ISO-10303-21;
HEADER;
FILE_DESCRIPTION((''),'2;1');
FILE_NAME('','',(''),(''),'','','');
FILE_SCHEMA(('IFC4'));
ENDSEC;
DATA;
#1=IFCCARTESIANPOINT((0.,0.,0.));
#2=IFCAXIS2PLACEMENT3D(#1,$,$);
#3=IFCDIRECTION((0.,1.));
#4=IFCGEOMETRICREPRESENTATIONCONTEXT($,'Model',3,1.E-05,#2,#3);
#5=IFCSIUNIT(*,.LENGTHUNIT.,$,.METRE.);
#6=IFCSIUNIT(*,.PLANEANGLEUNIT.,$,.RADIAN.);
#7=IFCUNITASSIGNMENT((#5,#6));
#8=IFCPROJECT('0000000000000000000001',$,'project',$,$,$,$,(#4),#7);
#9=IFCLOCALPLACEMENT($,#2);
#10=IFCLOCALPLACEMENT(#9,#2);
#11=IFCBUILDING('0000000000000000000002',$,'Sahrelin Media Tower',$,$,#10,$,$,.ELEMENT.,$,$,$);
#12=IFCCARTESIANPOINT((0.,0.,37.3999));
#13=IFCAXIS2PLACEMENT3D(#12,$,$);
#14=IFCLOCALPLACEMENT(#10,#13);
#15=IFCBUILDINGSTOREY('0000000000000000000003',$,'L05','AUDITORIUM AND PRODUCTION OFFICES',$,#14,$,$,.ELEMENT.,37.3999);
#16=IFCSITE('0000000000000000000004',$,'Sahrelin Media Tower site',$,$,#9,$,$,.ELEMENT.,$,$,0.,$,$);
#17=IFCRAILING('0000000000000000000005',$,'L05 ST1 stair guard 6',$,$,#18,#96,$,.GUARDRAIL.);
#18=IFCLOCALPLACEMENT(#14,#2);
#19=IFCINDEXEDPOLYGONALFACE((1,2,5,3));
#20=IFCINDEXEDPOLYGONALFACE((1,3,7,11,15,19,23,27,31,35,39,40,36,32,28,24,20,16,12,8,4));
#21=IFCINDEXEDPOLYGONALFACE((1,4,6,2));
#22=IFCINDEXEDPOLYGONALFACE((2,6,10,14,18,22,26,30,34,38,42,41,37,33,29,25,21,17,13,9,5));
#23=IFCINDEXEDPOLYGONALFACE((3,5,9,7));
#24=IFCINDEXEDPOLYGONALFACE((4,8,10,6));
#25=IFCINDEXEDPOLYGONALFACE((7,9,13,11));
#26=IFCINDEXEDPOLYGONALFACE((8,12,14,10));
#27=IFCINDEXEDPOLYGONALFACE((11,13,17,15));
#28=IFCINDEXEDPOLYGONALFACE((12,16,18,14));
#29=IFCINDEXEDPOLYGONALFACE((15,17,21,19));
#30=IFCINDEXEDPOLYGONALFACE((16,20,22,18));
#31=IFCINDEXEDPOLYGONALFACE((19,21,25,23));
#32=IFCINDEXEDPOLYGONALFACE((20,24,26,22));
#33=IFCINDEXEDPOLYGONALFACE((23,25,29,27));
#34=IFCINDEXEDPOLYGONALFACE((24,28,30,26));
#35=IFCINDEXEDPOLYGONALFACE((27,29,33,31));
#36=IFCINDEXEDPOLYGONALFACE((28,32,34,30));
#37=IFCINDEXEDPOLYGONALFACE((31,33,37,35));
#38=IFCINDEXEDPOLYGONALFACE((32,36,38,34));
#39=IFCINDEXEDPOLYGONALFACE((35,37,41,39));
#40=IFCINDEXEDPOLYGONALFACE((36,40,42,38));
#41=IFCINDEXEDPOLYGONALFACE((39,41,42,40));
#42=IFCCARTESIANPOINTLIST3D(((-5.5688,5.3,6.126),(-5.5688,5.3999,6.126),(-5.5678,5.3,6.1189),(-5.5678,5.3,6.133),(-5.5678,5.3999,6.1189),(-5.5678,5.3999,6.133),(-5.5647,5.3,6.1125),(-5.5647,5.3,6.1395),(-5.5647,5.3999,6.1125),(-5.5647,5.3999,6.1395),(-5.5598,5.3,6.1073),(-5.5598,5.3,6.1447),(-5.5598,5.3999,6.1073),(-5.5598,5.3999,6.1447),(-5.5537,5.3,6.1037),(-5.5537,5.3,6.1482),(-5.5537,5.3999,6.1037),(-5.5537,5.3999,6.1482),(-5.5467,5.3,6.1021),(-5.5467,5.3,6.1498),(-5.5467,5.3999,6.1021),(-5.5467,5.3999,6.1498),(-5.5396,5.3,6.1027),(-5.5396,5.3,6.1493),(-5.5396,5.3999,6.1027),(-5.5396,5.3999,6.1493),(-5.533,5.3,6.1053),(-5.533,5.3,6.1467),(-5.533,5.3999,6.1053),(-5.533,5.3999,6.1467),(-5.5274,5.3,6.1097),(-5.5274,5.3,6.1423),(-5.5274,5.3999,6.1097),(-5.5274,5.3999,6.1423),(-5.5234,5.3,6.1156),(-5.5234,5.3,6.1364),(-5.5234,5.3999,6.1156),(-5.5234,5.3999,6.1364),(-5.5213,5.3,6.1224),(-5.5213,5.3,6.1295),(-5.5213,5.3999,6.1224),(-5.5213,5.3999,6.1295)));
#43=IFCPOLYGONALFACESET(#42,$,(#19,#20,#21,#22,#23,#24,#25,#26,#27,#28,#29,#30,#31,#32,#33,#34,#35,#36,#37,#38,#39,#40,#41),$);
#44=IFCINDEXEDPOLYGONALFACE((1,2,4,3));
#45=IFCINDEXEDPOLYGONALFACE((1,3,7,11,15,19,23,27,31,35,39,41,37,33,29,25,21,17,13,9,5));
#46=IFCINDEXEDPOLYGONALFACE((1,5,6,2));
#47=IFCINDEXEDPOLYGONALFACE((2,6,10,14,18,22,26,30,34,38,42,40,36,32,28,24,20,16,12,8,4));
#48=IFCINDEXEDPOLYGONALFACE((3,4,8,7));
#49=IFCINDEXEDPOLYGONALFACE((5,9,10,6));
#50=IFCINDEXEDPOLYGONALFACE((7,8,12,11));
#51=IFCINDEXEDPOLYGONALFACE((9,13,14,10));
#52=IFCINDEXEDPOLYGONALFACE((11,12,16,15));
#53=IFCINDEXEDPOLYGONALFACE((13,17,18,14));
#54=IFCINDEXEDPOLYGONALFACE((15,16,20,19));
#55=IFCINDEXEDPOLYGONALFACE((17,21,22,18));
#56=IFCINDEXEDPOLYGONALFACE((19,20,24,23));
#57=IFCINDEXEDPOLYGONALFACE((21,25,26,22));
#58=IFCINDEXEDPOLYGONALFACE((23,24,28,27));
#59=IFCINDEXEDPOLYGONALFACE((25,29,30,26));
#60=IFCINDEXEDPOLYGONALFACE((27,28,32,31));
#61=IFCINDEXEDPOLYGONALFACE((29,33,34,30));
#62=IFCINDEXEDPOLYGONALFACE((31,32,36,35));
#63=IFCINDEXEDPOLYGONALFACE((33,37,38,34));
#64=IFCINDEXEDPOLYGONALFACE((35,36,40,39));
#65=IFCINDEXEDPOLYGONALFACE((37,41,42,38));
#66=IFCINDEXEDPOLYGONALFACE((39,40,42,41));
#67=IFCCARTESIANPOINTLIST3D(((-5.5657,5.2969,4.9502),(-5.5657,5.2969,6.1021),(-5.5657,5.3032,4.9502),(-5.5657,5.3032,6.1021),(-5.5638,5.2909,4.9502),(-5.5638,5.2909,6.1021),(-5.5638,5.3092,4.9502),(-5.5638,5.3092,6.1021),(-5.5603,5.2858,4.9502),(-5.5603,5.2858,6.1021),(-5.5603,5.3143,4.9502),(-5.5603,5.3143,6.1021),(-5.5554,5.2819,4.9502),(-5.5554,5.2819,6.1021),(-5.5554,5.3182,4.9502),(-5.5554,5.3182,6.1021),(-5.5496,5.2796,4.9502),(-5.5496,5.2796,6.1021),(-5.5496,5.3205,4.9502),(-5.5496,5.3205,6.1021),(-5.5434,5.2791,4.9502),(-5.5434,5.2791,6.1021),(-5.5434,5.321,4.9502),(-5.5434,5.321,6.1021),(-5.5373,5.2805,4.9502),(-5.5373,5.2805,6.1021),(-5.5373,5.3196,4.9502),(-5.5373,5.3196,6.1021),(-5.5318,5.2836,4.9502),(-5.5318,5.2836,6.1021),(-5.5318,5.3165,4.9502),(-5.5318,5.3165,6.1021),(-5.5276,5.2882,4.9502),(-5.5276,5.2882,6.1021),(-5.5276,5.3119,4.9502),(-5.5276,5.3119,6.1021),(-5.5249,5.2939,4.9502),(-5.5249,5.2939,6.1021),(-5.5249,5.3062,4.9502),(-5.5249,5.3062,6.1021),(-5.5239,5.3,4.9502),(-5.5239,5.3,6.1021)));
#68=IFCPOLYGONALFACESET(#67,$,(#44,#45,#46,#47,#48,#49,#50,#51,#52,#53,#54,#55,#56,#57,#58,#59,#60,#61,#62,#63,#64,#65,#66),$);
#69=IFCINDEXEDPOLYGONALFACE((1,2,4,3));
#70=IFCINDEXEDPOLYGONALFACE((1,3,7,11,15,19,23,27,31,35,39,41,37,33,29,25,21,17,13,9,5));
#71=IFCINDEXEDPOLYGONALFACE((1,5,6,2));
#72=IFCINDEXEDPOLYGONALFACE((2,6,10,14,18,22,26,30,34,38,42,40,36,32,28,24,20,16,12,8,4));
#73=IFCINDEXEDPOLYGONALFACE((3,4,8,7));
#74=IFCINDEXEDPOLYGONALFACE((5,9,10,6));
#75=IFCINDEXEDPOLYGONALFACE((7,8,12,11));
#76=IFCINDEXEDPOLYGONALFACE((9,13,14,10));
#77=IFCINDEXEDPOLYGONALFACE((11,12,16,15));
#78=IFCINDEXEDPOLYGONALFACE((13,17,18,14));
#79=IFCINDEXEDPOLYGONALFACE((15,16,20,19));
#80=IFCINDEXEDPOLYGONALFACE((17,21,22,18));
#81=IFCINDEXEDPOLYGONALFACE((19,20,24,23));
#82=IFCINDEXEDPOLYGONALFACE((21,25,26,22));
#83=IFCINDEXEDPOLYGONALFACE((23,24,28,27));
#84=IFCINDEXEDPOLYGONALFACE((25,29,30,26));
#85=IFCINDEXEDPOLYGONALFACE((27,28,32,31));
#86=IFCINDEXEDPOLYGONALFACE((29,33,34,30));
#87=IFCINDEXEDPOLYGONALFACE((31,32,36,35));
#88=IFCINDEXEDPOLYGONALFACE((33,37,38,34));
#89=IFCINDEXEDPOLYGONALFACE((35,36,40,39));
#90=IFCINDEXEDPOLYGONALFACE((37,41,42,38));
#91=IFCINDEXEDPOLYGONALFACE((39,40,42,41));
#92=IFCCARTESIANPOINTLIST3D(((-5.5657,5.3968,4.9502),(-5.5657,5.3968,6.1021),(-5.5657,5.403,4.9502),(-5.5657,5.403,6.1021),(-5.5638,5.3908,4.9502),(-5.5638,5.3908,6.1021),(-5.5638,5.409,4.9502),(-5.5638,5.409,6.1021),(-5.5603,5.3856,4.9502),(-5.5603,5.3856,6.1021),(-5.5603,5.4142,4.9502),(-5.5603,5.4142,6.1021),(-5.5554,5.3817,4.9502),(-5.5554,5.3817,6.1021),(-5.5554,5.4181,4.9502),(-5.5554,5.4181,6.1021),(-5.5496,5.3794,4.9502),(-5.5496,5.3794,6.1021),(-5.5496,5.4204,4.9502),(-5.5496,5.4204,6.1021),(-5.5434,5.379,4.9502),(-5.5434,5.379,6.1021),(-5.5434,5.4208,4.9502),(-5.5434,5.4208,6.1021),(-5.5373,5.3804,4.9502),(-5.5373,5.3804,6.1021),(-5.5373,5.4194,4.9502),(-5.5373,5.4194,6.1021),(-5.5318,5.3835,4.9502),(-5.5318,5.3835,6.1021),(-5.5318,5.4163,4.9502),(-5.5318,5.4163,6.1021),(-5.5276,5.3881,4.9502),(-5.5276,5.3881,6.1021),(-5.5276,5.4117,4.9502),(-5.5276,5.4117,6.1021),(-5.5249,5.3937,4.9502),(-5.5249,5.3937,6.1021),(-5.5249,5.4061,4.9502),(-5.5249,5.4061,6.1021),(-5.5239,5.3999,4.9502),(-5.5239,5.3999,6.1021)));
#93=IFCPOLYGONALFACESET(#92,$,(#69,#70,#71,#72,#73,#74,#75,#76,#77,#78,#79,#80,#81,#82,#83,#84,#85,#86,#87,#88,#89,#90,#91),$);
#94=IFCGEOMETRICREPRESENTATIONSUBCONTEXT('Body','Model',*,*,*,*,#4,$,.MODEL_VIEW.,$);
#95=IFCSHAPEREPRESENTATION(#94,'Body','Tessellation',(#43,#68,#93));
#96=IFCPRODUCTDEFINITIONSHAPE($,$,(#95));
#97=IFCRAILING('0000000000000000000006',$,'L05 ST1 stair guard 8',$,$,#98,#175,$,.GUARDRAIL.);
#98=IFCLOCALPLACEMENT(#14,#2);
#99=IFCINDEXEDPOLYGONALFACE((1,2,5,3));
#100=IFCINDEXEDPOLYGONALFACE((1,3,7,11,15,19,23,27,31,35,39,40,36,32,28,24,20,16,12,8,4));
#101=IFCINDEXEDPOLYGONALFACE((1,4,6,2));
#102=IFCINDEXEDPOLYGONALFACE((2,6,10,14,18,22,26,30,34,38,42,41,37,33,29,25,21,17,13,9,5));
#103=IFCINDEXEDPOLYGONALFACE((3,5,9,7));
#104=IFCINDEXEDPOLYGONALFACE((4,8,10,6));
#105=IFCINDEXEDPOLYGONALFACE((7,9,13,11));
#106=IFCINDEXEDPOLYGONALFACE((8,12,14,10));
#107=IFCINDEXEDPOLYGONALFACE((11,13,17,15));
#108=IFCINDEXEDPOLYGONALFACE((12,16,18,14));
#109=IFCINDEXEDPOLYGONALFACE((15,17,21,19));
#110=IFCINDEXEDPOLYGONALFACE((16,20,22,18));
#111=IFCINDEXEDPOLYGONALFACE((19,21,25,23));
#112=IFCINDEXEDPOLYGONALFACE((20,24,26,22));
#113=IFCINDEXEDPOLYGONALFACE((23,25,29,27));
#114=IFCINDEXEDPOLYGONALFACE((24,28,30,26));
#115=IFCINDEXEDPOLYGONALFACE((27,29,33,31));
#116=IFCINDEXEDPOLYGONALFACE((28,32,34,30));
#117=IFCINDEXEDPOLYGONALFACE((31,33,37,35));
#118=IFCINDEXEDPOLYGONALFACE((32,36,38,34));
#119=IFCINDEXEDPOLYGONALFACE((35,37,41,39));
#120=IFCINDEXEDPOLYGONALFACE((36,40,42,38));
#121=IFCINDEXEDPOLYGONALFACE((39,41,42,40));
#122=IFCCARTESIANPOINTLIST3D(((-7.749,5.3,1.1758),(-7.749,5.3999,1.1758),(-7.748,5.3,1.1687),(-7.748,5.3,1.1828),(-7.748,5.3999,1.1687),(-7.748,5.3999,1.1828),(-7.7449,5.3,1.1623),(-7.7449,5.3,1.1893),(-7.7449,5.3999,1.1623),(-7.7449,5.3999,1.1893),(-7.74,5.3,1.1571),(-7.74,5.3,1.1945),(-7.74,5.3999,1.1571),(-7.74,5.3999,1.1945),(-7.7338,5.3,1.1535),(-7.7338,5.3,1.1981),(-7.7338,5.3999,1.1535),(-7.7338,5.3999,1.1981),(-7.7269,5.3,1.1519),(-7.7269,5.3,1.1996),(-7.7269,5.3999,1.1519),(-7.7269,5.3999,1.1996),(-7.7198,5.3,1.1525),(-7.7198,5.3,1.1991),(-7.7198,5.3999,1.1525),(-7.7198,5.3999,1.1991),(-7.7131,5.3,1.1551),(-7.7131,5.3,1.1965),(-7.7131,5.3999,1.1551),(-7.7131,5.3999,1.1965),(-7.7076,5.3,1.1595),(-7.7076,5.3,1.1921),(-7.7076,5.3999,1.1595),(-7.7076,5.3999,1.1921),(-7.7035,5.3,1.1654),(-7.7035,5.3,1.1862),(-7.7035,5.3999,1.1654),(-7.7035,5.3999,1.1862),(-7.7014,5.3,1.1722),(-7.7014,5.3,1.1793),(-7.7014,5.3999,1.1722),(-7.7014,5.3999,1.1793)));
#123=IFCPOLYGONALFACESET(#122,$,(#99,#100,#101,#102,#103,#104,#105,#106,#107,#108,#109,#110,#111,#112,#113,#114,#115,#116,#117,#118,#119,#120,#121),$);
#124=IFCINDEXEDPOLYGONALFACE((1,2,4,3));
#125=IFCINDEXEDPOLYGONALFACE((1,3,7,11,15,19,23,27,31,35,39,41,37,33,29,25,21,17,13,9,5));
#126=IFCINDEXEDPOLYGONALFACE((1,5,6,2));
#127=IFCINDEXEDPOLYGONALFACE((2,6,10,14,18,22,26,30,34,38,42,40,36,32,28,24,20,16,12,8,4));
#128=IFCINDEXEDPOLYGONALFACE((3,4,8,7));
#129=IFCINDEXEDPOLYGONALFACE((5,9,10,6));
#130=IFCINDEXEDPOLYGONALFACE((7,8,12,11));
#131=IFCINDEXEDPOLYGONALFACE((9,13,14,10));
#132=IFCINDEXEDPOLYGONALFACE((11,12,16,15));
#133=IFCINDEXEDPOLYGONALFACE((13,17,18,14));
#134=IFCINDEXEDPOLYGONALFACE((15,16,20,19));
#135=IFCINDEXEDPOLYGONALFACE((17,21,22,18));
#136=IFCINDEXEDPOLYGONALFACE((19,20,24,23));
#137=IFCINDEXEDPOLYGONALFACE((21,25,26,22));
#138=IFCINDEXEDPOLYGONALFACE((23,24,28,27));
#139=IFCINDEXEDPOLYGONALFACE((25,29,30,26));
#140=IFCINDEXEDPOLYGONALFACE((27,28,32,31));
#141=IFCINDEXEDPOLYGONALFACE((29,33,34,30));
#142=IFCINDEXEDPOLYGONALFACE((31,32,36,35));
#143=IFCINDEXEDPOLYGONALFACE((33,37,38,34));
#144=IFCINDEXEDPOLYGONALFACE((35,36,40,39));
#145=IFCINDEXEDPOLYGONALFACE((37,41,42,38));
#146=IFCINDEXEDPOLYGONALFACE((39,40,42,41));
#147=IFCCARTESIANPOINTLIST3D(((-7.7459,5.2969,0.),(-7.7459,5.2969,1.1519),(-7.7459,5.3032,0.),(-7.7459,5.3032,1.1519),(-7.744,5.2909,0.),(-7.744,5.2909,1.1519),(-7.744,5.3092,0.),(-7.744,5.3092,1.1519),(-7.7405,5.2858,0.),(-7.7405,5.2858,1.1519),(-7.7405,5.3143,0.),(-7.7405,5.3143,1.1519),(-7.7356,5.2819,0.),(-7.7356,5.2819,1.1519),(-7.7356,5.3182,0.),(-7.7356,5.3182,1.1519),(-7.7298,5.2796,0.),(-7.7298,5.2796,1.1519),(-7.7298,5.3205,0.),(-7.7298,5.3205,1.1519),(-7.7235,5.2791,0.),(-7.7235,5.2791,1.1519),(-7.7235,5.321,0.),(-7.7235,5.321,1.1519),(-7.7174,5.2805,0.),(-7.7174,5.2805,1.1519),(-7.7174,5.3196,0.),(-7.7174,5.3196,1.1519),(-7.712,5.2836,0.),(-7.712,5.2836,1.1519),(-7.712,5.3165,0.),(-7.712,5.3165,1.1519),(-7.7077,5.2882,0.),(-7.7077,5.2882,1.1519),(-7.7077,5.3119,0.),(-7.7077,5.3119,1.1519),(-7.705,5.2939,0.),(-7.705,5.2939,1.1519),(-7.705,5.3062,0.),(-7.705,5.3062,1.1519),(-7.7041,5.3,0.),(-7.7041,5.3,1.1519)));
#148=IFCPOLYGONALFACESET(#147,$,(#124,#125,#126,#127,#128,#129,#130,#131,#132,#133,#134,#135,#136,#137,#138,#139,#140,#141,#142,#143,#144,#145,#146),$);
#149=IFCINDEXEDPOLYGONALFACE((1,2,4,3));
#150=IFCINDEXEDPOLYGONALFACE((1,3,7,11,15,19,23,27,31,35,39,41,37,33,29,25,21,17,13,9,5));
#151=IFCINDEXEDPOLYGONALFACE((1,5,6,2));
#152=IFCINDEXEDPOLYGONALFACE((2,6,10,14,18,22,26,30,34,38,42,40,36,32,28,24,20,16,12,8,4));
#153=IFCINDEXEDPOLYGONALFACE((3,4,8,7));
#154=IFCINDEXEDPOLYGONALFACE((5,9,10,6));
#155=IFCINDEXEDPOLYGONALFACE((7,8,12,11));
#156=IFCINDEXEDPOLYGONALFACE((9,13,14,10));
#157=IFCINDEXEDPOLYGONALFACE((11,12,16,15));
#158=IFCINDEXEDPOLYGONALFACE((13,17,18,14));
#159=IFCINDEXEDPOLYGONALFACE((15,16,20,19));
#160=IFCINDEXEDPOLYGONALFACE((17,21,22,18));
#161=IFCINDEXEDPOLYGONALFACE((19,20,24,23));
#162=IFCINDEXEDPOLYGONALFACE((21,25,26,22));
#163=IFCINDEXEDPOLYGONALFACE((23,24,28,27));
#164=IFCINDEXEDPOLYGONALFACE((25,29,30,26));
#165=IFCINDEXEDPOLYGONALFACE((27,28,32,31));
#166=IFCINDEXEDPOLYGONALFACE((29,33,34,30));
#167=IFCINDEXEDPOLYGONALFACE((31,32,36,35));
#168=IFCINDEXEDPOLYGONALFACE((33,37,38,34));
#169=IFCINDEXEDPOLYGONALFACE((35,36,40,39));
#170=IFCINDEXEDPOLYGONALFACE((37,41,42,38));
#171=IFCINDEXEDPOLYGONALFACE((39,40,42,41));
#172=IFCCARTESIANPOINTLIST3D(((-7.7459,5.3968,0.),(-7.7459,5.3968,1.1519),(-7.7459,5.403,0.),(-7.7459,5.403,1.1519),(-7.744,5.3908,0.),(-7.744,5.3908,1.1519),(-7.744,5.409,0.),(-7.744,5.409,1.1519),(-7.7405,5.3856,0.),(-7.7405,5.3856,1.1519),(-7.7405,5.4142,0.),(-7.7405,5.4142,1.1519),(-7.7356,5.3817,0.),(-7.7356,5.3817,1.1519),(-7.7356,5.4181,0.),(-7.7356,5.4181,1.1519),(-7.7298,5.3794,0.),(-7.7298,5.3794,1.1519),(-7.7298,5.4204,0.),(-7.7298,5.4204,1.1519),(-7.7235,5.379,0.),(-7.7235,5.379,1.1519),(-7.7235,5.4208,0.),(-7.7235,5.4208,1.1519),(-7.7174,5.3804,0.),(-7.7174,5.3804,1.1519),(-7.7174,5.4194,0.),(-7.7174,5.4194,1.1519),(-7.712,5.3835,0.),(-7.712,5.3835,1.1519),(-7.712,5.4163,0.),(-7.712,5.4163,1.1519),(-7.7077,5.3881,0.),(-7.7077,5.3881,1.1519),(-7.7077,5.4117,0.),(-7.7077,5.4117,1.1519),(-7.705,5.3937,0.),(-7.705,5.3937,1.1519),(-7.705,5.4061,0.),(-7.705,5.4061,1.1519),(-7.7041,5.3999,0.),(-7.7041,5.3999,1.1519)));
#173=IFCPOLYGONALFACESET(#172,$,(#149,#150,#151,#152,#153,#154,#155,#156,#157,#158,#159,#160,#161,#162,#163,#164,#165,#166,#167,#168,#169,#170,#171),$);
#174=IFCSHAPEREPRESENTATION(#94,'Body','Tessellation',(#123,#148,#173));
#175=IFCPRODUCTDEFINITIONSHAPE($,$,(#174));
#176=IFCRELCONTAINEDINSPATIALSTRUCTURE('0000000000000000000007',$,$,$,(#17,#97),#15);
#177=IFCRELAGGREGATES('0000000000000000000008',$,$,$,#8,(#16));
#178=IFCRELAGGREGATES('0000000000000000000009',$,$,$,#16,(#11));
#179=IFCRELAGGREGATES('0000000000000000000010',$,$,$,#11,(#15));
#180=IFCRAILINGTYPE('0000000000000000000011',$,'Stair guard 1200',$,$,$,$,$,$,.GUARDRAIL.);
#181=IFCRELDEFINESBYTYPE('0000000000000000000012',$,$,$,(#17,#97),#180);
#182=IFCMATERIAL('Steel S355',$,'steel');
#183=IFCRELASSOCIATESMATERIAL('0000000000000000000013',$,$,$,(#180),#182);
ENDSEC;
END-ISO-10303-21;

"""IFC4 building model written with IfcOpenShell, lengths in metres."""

from ifc_helpers import new_model, si_unit, direction, frame, origin, origin_2d, place, context, subcontext, project, spatial, circle, extrude, material, type_object, element, save


model = new_model("IFC4")

# Units and contexts
model_context = context("Model", 3, precision=1e-05, world=origin(), true_north=direction((0.0, 1.0)))
body_context = subcontext(model_context, "Body", "Model", "MODEL_VIEW")
ifc_project = project(units=[si_unit("LENGTHUNIT", "METRE"), si_unit("PLANEANGLEUNIT", "RADIAN")], contexts=[model_context])

# Site, building, storey
site_placement = place(None, origin())
site = spatial("IfcSite", under=ifc_project, at=site_placement, Name="Sahrelin Media Tower site", CompositionType="ELEMENT", RefElevation=0.0)
building_placement = place(site_placement, origin())
building = spatial("IfcBuilding", under=site, at=building_placement, Name="Sahrelin Media Tower", CompositionType="ELEMENT")
storey_placement = place(building_placement, frame((0.0, 0.0, 37.3999)))
storey = spatial("IfcBuildingStorey", under=building, at=storey_placement, Name="L05", Description="AUDITORIUM AND PRODUCTION OFFICES", CompositionType="ELEMENT", Elevation=37.3999)

# Shared definitions
ifc_material_1 = material(Name="Steel S355", Category="steel")

# Railings
railing_type_1 = type_object("IfcRailingType", Name="Stair guard 1200", PredefinedType="GUARDRAIL", material=ifc_material_1)
for number, where, name in (
    (1, (-5.5449, 5.3, 4.9502), "L05 ST1 stair guard 6"),
    (2, (-7.7251, 5.3, 0.0), "L05 ST1 stair guard 8"),
):
    element("IfcRailing", number, at=place(storey_placement, frame(where)), inside=storey, type_object=railing_type_1, Name=name, PredefinedType="GUARDRAIL", context=body_context, shape_type="SweptSolid", body=[
        extrude(circle(Radius=0.0239, at=origin_2d()), frame((0.0, 0.0, 1.1758), z_axis=(0.0, 1.0, 0.0), x_axis=(-1.0, 0.0, 0.0)), (0.0, 0.0, 1.0), 0.0999),
        extrude(circle(Radius=0.021, at=origin_2d()), origin(), (0.0, 0.0, 1.0), 1.1519),
        extrude(circle(Radius=0.021, at=origin_2d()), frame((0.0, 0.0999, 0.0)), (0.0, 0.0, 1.0), 1.1519),
    ])

save(model, "model.ifc")
